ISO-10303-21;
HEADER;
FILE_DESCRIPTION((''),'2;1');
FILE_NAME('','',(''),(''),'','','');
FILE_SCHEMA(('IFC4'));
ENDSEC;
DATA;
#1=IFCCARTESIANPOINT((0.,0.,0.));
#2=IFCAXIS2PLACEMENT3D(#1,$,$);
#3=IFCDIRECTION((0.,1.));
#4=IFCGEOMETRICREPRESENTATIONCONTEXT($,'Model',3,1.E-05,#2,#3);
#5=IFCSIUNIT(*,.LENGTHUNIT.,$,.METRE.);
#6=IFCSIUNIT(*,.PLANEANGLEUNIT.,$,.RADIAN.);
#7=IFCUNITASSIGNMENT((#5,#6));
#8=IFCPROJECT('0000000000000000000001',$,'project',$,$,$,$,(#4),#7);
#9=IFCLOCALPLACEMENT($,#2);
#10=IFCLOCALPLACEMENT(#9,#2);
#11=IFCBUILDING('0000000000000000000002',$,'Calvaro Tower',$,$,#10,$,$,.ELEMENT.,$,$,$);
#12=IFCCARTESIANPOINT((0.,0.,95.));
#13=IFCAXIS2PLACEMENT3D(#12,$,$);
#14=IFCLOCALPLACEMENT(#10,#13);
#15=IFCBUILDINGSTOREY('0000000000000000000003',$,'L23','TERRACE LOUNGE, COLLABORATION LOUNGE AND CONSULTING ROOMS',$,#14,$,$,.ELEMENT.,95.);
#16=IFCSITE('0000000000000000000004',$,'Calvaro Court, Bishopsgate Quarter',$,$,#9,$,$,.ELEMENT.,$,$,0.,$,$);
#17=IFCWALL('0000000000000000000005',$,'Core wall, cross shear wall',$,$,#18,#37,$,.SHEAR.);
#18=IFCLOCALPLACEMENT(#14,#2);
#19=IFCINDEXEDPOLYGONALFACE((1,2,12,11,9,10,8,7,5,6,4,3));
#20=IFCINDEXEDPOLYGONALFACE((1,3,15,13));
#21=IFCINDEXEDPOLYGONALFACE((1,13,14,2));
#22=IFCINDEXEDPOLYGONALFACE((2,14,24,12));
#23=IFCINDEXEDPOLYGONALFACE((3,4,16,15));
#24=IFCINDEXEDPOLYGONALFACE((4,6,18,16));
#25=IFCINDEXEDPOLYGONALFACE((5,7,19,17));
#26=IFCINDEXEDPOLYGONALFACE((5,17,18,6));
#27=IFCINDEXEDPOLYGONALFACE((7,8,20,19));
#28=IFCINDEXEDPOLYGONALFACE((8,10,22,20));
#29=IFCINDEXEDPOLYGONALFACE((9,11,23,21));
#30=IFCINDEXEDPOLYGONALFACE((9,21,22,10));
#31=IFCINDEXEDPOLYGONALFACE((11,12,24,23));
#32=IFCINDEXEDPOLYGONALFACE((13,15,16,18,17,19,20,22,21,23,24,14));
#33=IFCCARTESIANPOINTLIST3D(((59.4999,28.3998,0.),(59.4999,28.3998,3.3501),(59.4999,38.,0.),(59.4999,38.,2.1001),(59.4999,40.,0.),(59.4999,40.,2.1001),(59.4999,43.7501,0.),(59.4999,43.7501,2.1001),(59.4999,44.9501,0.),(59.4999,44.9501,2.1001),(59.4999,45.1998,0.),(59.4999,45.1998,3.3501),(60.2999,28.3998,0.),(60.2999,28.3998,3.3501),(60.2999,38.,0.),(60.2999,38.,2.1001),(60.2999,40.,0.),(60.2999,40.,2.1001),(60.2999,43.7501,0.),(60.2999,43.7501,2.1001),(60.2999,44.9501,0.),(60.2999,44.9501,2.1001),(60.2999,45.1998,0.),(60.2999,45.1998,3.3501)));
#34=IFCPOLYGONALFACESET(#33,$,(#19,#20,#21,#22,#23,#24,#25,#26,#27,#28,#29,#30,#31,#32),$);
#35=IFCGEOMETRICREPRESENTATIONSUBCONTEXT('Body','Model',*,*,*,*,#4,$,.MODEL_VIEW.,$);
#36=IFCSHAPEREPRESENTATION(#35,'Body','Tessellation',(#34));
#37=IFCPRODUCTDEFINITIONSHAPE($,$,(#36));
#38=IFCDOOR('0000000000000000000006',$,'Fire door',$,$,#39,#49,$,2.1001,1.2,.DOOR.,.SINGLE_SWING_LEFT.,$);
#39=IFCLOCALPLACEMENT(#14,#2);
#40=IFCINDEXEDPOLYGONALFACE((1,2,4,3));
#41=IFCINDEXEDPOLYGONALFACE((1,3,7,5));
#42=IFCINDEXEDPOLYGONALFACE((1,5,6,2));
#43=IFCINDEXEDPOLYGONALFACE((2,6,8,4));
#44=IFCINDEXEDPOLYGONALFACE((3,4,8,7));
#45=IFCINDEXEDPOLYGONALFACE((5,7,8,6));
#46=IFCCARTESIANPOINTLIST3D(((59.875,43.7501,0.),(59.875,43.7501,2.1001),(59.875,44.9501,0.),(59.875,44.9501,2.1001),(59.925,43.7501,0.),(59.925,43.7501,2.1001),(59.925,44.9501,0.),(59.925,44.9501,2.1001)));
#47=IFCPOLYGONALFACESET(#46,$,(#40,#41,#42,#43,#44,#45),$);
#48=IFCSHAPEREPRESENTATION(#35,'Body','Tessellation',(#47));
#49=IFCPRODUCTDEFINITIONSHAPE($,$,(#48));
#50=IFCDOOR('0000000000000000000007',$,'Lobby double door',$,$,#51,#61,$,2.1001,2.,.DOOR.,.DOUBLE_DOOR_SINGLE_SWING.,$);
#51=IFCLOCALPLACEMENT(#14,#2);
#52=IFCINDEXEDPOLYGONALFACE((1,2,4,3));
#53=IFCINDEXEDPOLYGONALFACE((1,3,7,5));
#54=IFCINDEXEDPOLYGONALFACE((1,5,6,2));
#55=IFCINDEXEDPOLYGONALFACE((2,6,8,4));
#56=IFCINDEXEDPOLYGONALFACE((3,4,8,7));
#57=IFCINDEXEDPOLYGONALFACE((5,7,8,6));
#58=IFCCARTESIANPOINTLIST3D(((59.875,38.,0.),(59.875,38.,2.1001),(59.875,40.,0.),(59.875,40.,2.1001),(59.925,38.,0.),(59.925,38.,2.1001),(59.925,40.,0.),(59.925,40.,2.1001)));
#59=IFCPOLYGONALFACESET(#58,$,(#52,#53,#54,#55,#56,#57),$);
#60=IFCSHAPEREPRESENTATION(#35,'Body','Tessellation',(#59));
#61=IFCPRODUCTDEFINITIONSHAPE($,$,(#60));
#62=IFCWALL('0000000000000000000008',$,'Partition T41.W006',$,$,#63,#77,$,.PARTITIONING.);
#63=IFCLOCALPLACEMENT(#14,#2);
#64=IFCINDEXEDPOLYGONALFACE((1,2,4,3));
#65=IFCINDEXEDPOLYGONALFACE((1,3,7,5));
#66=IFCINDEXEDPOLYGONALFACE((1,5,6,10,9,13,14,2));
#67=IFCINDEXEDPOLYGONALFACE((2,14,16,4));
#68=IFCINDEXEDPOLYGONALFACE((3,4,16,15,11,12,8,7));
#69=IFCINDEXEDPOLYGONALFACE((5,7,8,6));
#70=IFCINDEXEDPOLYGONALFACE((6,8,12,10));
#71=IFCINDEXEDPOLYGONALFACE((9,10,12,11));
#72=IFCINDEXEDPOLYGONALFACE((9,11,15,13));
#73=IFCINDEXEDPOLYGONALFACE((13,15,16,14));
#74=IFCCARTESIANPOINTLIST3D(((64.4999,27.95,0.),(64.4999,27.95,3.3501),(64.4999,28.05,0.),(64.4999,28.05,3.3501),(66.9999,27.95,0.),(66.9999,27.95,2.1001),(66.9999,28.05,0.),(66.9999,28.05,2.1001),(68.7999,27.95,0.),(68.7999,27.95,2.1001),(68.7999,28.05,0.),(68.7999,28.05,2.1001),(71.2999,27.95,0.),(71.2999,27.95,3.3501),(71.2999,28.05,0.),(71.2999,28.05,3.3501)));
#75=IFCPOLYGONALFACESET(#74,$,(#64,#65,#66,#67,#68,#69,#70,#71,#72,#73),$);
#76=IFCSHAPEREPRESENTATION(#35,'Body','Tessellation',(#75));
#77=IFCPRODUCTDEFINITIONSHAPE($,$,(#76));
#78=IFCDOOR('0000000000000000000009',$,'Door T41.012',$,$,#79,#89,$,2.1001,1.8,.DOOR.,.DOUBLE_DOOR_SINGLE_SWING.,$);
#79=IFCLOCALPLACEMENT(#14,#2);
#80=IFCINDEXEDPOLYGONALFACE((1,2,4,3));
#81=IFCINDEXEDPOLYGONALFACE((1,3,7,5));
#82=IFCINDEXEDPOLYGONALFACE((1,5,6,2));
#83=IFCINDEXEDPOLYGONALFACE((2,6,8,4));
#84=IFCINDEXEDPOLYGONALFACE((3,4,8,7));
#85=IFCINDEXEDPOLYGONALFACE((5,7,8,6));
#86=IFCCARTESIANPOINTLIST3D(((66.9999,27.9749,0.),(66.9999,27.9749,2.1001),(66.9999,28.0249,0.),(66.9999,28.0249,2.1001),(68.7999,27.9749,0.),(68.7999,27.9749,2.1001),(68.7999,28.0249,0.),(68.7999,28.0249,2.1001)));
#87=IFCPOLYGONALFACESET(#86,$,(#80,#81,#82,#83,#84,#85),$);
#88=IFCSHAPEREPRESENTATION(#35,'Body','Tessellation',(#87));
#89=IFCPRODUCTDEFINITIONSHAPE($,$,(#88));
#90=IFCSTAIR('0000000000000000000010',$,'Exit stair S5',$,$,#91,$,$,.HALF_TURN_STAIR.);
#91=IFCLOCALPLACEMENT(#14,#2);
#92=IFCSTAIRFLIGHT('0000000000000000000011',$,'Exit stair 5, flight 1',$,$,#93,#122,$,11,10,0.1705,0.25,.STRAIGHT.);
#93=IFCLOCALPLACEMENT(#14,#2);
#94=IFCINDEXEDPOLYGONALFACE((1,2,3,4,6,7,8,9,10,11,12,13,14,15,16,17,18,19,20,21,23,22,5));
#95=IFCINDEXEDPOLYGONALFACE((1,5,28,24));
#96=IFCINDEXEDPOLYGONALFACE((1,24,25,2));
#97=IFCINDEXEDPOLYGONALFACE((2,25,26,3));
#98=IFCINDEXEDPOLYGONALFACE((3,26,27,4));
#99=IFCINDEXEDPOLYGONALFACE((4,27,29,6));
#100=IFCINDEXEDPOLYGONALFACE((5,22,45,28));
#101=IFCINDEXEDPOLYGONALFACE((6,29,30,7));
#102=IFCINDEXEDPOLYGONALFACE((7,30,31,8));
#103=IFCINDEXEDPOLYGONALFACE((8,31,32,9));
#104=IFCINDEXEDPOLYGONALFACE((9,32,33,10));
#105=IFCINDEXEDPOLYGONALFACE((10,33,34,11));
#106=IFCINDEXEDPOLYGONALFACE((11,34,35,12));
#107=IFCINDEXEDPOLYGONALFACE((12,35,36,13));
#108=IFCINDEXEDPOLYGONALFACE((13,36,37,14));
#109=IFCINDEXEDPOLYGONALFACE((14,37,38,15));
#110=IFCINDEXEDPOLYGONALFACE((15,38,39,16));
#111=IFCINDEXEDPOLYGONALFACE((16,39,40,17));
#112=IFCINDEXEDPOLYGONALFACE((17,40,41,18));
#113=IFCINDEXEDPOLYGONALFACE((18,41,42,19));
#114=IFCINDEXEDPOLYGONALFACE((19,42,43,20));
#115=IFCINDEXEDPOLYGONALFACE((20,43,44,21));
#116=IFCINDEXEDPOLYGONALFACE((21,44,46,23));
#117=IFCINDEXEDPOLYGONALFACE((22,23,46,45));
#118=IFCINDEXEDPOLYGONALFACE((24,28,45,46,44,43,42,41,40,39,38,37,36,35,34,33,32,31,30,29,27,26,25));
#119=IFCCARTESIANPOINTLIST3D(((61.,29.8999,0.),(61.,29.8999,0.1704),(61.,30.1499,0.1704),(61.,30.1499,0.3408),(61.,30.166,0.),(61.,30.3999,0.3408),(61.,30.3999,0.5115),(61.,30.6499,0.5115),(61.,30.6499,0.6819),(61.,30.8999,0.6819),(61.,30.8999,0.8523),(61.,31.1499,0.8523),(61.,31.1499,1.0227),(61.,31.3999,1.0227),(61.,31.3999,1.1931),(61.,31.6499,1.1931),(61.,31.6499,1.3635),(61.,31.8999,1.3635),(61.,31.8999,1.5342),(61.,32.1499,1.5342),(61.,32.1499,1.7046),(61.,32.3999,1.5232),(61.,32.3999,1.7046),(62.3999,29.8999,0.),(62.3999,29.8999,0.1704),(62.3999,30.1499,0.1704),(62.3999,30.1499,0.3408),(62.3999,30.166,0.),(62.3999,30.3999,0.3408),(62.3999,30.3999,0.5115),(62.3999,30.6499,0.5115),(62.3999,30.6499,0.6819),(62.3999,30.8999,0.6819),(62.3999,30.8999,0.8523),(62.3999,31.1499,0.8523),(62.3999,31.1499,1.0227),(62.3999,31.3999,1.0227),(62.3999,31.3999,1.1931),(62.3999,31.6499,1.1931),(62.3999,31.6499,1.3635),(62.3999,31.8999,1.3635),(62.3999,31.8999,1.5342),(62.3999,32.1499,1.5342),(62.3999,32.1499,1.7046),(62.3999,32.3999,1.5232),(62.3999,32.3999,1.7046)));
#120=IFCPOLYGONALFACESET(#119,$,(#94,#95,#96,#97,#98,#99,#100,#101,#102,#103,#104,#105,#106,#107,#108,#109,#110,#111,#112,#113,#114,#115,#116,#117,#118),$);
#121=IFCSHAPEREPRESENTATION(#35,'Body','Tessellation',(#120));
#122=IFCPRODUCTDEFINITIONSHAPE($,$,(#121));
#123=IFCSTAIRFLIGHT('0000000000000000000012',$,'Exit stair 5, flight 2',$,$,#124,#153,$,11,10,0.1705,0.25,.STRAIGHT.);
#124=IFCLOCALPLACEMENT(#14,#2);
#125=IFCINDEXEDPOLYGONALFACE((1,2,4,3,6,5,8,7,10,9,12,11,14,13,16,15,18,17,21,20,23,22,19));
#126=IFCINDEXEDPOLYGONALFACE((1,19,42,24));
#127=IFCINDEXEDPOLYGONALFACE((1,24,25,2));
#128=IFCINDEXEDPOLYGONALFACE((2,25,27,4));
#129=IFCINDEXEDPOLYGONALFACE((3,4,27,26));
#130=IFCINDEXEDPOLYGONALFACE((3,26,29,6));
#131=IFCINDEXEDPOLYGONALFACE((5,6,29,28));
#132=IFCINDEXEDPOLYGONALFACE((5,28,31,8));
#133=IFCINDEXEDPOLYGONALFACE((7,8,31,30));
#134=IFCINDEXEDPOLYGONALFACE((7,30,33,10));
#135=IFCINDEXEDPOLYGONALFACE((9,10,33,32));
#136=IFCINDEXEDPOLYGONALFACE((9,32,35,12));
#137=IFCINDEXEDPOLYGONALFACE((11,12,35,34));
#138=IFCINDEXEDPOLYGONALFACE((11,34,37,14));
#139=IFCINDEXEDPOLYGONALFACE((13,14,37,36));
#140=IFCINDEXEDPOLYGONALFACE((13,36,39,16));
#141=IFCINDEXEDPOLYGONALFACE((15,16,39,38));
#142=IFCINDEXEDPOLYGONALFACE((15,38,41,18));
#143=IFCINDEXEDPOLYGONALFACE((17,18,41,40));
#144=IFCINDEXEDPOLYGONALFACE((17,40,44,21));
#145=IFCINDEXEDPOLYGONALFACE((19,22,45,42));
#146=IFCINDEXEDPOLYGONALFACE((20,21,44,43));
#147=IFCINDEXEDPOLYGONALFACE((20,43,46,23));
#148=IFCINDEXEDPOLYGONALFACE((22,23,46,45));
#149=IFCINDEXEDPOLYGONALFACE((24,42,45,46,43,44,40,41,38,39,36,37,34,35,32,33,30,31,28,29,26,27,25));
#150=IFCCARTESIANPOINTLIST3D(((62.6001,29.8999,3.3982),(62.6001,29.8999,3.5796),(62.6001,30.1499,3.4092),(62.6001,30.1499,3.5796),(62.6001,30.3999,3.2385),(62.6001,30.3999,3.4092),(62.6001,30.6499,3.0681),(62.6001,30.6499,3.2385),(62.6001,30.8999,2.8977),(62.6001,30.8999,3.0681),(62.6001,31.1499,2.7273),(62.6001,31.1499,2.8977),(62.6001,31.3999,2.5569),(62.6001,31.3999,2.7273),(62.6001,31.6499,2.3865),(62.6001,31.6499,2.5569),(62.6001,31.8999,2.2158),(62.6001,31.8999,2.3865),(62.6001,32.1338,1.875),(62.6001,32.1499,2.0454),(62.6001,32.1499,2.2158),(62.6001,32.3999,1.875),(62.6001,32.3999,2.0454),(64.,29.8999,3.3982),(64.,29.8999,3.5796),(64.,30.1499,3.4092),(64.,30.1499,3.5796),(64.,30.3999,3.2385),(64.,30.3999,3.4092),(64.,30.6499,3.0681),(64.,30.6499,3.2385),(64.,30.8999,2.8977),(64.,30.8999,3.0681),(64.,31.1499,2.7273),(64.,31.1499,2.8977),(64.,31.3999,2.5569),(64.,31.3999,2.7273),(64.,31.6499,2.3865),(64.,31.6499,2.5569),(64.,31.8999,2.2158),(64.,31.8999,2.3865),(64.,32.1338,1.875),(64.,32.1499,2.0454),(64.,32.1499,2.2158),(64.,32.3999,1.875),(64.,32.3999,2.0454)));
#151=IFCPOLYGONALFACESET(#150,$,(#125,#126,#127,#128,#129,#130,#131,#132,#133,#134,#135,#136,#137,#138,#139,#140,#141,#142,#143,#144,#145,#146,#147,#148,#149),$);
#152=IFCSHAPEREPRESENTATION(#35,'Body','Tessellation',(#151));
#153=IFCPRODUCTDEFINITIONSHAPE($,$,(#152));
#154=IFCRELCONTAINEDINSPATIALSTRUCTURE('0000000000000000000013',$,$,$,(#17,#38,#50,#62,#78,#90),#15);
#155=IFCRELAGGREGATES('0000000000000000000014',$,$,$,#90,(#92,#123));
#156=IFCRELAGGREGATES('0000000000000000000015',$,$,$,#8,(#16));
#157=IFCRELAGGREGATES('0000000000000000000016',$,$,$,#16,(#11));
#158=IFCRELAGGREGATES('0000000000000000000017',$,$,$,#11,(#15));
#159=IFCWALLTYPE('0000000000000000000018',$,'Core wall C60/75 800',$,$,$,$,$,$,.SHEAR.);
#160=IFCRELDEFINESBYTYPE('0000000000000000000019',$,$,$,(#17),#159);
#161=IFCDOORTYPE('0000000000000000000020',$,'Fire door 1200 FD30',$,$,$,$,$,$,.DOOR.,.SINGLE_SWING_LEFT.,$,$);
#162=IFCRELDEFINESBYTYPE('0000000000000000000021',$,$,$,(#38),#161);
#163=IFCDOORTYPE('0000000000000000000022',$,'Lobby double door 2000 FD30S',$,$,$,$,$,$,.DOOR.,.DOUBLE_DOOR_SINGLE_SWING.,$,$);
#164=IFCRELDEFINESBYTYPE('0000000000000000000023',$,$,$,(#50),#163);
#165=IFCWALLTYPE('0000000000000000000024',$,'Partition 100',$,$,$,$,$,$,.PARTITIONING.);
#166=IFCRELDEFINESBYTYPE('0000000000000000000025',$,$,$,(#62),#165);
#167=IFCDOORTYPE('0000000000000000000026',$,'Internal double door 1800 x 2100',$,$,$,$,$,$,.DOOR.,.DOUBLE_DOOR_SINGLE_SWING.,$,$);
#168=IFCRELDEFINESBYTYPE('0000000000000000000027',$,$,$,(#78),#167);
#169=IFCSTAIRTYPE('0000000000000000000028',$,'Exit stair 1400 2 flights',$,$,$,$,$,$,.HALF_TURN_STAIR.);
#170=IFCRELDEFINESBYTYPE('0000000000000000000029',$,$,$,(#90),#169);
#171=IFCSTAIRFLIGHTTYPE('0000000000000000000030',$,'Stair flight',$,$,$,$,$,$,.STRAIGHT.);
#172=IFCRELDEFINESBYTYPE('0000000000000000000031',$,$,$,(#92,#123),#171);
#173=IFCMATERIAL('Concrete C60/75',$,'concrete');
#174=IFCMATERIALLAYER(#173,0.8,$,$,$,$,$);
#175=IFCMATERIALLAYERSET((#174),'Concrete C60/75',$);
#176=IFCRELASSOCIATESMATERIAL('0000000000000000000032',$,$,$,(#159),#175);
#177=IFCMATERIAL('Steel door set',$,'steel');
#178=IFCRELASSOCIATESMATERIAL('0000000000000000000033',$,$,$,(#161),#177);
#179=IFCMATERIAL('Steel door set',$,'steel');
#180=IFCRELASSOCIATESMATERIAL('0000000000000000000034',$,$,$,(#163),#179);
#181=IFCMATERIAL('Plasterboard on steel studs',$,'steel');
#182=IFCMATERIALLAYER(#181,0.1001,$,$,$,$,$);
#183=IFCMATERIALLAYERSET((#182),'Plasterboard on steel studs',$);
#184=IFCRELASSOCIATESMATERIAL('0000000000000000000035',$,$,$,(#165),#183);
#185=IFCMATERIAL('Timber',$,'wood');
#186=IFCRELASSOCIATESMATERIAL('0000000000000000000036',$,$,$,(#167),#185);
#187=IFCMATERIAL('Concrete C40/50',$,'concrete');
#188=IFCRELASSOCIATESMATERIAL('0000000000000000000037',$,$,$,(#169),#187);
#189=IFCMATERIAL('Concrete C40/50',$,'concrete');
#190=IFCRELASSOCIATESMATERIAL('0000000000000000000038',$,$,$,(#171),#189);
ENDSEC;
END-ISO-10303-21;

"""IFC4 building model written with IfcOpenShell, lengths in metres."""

from ifc_helpers import new_model, si_unit, direction, frame, frame_2d, origin, place, context, subcontext, project, spatial, polyline, rectangle, outline, extrude, material, layer, layer_set, type_object, element, fill, aggregate, save


model = new_model("IFC4")

# Units and contexts
model_context = context("Model", 3, precision=1e-05, world=origin(), true_north=direction((0.0, 1.0)))
body_context = subcontext(model_context, "Body", "Model", "MODEL_VIEW")
ifc_project = project(units=[si_unit("LENGTHUNIT", "METRE"), si_unit("PLANEANGLEUNIT", "RADIAN")], contexts=[model_context])

# Site, building, storey
site_placement = place(None, origin())
site = spatial("IfcSite", under=ifc_project, at=site_placement, Name="Calvaro Court, Bishopsgate Quarter", CompositionType="ELEMENT", RefElevation=0.0)
building_placement = place(site_placement, origin())
building = spatial("IfcBuilding", under=site, at=building_placement, Name="Calvaro Tower", CompositionType="ELEMENT")
storey_placement = place(building_placement, frame((0.0, 0.0, 95.0)))
storey = spatial("IfcBuildingStorey", under=building, at=storey_placement, Name="L23", Description="TERRACE LOUNGE, COLLABORATION LOUNGE AND CONSULTING ROOMS", CompositionType="ELEMENT", Elevation=95.0)

# Wall, openings, doors
ifc_material_1 = material(Name="Concrete C60/75", Category="concrete")
ifc_layer_1 = layer(ifc_material_1, 0.8)
ifc_layer_set_1 = layer_set([ifc_layer_1], Name="Concrete C60/75")
wall_type_1 = type_object("IfcWallType", Name="Core wall C60/75 800", PredefinedType="SHEAR", material=ifc_layer_set_1)
wall_1_placement = place(storey_placement, frame((59.8999, 28.3999, 0.0), z_axis=(0.0, 0.0, 1.0), x_axis=(0.0, 1.0, 0.0)))
wall_1 = element("IfcWall", 1, at=wall_1_placement, inside=storey, type_object=wall_type_1, Name="Core wall, cross shear wall", PredefinedType="SHEAR", context=body_context, shape_type="SweptSolid", body=[
    extrude(rectangle(XDim=16.8, YDim=0.8, at=frame_2d((8.3999, 0.0))), origin(), (0.0, 0.0, 1.0), 3.3501),
])
opening_1_placement = place(wall_1_placement, frame((9.6001, 0.0, 0.0)))
opening_1 = element("IfcOpeningElement", 2, at=opening_1_placement, cuts=wall_1, PredefinedType="OPENING", context=body_context, shape_type="SweptSolid", body=[
    extrude(rectangle(XDim=2.0, YDim=2.1001, at=frame_2d((1.0, 1.05))), frame((0.0, 0.4099, 0.0), z_axis=(0.0, -1.0, 0.0), x_axis=(1.0, 0.0, 0.0)), (0.0, 0.0, 1.0), 0.8201),
])
opening_2_placement = place(wall_1_placement, frame((15.3501, 0.0, 0.0)))
opening_2 = element("IfcOpeningElement", 3, at=opening_2_placement, cuts=wall_1, PredefinedType="OPENING", context=body_context, shape_type="SweptSolid", body=[
    extrude(rectangle(XDim=1.2, YDim=2.1001, at=frame_2d((0.6001, 1.05))), frame((0.0, 0.4099, 0.0), z_axis=(0.0, -1.0, 0.0), x_axis=(1.0, 0.0, 0.0)), (0.0, 0.0, 1.0), 0.8201),
])
ifc_material_2 = material(Name="Steel door set", Category="steel")
door_type_1 = type_object("IfcDoorType", Name="Fire door 1200 FD30", OperationType="SINGLE_SWING_LEFT", PredefinedType="DOOR", material=ifc_material_2)
door_1_placement = place(opening_2_placement, origin())
door_1 = element("IfcDoor", 4, at=door_1_placement, inside=storey, type_object=door_type_1, Name="Fire door", OperationType="SINGLE_SWING_LEFT", OverallHeight=2.1001, OverallWidth=1.2, PredefinedType="DOOR", context=body_context, shape_type="SweptSolid", body=[
    extrude(rectangle(XDim=1.2, YDim=2.1001, at=frame_2d((0.6001, 1.05))), frame((0.0, 0.0249, 0.0), z_axis=(0.0, -1.0, 0.0), x_axis=(1.0, 0.0, 0.0)), (0.0, 0.0, 1.0), 0.05),
])
fill(opening_2, door_1)
ifc_material_3 = material(Name="Steel door set", Category="steel")
door_type_2 = type_object("IfcDoorType", Name="Lobby double door 2000 FD30S", OperationType="DOUBLE_DOOR_SINGLE_SWING", PredefinedType="DOOR", material=ifc_material_3)
door_2_placement = place(opening_1_placement, origin())
door_2 = element("IfcDoor", 5, at=door_2_placement, inside=storey, type_object=door_type_2, Name="Lobby double door", OperationType="DOUBLE_DOOR_SINGLE_SWING", OverallHeight=2.1001, OverallWidth=2.0, PredefinedType="DOOR", context=body_context, shape_type="SweptSolid", body=[
    extrude(rectangle(XDim=2.0, YDim=2.1001, at=frame_2d((1.0, 1.05))), frame((0.0, 0.0249, 0.0), z_axis=(0.0, -1.0, 0.0), x_axis=(1.0, 0.0, 0.0)), (0.0, 0.0, 1.0), 0.05),
])
fill(opening_1, door_2)

# Wall, opening, door
ifc_material_4 = material(Name="Plasterboard on steel studs", Category="steel")
ifc_layer_2 = layer(ifc_material_4, 0.1001)
ifc_layer_set_2 = layer_set([ifc_layer_2], Name="Plasterboard on steel studs")
wall_type_2 = type_object("IfcWallType", Name="Partition 100", PredefinedType="PARTITIONING", material=ifc_layer_set_2)
wall_2_placement = place(storey_placement, frame((64.5, 28.0, 0.0), z_axis=(0.0, 0.0, 1.0), x_axis=(1.0, 0.0, 0.0)))
wall_2 = element("IfcWall", 6, at=wall_2_placement, inside=storey, type_object=wall_type_2, Name="Partition T41.W006", PredefinedType="PARTITIONING", context=body_context, shape_type="SweptSolid", body=[
    extrude(rectangle(XDim=6.8, YDim=0.1001, at=frame_2d((3.3999, 0.0))), origin(), (0.0, 0.0, 1.0), 3.3501),
])
opening_3_placement = place(wall_2_placement, frame((2.5, 0.0, 0.0)))
opening_3 = element("IfcOpeningElement", 7, at=opening_3_placement, cuts=wall_2, PredefinedType="OPENING", context=body_context, shape_type="SweptSolid", body=[
    extrude(rectangle(XDim=1.8, YDim=2.1001, at=frame_2d((0.8999, 1.05))), frame((0.0, 0.0601, 0.0), z_axis=(0.0, -1.0, 0.0), x_axis=(1.0, 0.0, 0.0)), (0.0, 0.0, 1.0), 0.1201),
])
ifc_material_5 = material(Name="Timber", Category="wood")
door_type_3 = type_object("IfcDoorType", Name="Internal double door 1800 x 2100", OperationType="DOUBLE_DOOR_SINGLE_SWING", PredefinedType="DOOR", material=ifc_material_5)
door_3_placement = place(opening_3_placement, origin())
door_3 = element("IfcDoor", 8, at=door_3_placement, inside=storey, type_object=door_type_3, Name="Door T41.012", OperationType="DOUBLE_DOOR_SINGLE_SWING", OverallHeight=2.1001, OverallWidth=1.8, PredefinedType="DOOR", context=body_context, shape_type="SweptSolid", body=[
    extrude(rectangle(XDim=1.8, YDim=2.1001, at=frame_2d((0.8999, 1.05))), frame((0.0, 0.0249, 0.0), z_axis=(0.0, -1.0, 0.0), x_axis=(1.0, 0.0, 0.0)), (0.0, 0.0, 1.0), 0.05),
])
fill(opening_3, door_3)

# Stair, stair flights
ifc_material_6 = material(Name="Concrete C40/50", Category="concrete")
stair_type = type_object("IfcStairType", Name="Exit stair 1400 2 flights", PredefinedType="HALF_TURN_STAIR", material=ifc_material_6)
stair_placement = place(storey_placement, origin())
stair = element("IfcStair", 9, at=stair_placement, inside=storey, type_object=stair_type, Name="Exit stair S5", PredefinedType="HALF_TURN_STAIR")
ifc_material_7 = material(Name="Concrete C40/50", Category="concrete")
stair_flight_type = type_object("IfcStairFlightType", Name="Stair flight", PredefinedType="STRAIGHT", material=ifc_material_7)
stair_flight_1_placement = place(storey_placement, frame((61.7, 29.8999, 0.0), z_axis=(0.0, 0.0, 1.0), x_axis=(0.0, 1.0, 0.0)))
stair_flight_1 = element("IfcStairFlight", 10, at=stair_flight_1_placement, type_object=stair_flight_type, Name="Exit stair 5, flight 1", NumberOfRisers=11, NumberOfTreads=10, PredefinedType="STRAIGHT", RiserHeight=0.1705, TreadLength=0.25, context=body_context, shape_type="SweptSolid", body=[
    extrude(outline(polyline([(0.0, 0.0), (0.0, 0.1704), (0.25, 0.1704), (0.25, 0.3408), (0.5, 0.3408), (0.5, 0.5115), (0.75, 0.5115), (0.75, 0.6819), (1.0, 0.6819), (1.0, 0.8523), (1.25, 0.8523), (1.25, 1.0227), (1.5, 1.0227), (1.5, 1.1931), (1.75, 1.1931), (1.75, 1.3635), (2.0, 1.3635), (2.0, 1.5342), (2.25, 1.5342), (2.25, 1.7046), (2.5, 1.7046), (2.5, 1.875), (2.5, 1.5232), (0.2661, 0.0), (0.0, 0.0)])), frame((0.0, 0.7, 0.0), z_axis=(0.0, -1.0, 0.0), x_axis=(1.0, 0.0, 0.0)), (0.0, 0.0, 1.0), 1.3999),
])
stair_flight_2_placement = place(storey_placement, frame((63.3, 32.3999, 1.875), z_axis=(0.0, 0.0, 1.0), x_axis=(0.0, -1.0, 0.0)))
stair_flight_2 = element("IfcStairFlight", 11, at=stair_flight_2_placement, type_object=stair_flight_type, Name="Exit stair 5, flight 2", NumberOfRisers=11, NumberOfTreads=10, PredefinedType="STRAIGHT", RiserHeight=0.1705, TreadLength=0.25, context=body_context, shape_type="SweptSolid", body=[
    extrude(outline(polyline([(0.0, 0.0), (0.0, 0.1704), (0.25, 0.1704), (0.25, 0.3408), (0.5, 0.3408), (0.5, 0.5115), (0.75, 0.5115), (0.75, 0.6819), (1.0, 0.6819), (1.0, 0.8523), (1.25, 0.8523), (1.25, 1.0227), (1.5, 1.0227), (1.5, 1.1931), (1.75, 1.1931), (1.75, 1.3635), (2.0, 1.3635), (2.0, 1.5342), (2.25, 1.5342), (2.25, 1.7046), (2.5, 1.7046), (2.5, 1.875), (2.5, 1.5232), (0.2661, 0.0), (0.0, 0.0)])), frame((0.0, 0.7, 0.0), z_axis=(0.0, -1.0, 0.0), x_axis=(1.0, 0.0, 0.0)), (0.0, 0.0, 1.0), 1.3999),
])
aggregate(stair, [stair_flight_1, stair_flight_2])

save(model, "model.ifc")
